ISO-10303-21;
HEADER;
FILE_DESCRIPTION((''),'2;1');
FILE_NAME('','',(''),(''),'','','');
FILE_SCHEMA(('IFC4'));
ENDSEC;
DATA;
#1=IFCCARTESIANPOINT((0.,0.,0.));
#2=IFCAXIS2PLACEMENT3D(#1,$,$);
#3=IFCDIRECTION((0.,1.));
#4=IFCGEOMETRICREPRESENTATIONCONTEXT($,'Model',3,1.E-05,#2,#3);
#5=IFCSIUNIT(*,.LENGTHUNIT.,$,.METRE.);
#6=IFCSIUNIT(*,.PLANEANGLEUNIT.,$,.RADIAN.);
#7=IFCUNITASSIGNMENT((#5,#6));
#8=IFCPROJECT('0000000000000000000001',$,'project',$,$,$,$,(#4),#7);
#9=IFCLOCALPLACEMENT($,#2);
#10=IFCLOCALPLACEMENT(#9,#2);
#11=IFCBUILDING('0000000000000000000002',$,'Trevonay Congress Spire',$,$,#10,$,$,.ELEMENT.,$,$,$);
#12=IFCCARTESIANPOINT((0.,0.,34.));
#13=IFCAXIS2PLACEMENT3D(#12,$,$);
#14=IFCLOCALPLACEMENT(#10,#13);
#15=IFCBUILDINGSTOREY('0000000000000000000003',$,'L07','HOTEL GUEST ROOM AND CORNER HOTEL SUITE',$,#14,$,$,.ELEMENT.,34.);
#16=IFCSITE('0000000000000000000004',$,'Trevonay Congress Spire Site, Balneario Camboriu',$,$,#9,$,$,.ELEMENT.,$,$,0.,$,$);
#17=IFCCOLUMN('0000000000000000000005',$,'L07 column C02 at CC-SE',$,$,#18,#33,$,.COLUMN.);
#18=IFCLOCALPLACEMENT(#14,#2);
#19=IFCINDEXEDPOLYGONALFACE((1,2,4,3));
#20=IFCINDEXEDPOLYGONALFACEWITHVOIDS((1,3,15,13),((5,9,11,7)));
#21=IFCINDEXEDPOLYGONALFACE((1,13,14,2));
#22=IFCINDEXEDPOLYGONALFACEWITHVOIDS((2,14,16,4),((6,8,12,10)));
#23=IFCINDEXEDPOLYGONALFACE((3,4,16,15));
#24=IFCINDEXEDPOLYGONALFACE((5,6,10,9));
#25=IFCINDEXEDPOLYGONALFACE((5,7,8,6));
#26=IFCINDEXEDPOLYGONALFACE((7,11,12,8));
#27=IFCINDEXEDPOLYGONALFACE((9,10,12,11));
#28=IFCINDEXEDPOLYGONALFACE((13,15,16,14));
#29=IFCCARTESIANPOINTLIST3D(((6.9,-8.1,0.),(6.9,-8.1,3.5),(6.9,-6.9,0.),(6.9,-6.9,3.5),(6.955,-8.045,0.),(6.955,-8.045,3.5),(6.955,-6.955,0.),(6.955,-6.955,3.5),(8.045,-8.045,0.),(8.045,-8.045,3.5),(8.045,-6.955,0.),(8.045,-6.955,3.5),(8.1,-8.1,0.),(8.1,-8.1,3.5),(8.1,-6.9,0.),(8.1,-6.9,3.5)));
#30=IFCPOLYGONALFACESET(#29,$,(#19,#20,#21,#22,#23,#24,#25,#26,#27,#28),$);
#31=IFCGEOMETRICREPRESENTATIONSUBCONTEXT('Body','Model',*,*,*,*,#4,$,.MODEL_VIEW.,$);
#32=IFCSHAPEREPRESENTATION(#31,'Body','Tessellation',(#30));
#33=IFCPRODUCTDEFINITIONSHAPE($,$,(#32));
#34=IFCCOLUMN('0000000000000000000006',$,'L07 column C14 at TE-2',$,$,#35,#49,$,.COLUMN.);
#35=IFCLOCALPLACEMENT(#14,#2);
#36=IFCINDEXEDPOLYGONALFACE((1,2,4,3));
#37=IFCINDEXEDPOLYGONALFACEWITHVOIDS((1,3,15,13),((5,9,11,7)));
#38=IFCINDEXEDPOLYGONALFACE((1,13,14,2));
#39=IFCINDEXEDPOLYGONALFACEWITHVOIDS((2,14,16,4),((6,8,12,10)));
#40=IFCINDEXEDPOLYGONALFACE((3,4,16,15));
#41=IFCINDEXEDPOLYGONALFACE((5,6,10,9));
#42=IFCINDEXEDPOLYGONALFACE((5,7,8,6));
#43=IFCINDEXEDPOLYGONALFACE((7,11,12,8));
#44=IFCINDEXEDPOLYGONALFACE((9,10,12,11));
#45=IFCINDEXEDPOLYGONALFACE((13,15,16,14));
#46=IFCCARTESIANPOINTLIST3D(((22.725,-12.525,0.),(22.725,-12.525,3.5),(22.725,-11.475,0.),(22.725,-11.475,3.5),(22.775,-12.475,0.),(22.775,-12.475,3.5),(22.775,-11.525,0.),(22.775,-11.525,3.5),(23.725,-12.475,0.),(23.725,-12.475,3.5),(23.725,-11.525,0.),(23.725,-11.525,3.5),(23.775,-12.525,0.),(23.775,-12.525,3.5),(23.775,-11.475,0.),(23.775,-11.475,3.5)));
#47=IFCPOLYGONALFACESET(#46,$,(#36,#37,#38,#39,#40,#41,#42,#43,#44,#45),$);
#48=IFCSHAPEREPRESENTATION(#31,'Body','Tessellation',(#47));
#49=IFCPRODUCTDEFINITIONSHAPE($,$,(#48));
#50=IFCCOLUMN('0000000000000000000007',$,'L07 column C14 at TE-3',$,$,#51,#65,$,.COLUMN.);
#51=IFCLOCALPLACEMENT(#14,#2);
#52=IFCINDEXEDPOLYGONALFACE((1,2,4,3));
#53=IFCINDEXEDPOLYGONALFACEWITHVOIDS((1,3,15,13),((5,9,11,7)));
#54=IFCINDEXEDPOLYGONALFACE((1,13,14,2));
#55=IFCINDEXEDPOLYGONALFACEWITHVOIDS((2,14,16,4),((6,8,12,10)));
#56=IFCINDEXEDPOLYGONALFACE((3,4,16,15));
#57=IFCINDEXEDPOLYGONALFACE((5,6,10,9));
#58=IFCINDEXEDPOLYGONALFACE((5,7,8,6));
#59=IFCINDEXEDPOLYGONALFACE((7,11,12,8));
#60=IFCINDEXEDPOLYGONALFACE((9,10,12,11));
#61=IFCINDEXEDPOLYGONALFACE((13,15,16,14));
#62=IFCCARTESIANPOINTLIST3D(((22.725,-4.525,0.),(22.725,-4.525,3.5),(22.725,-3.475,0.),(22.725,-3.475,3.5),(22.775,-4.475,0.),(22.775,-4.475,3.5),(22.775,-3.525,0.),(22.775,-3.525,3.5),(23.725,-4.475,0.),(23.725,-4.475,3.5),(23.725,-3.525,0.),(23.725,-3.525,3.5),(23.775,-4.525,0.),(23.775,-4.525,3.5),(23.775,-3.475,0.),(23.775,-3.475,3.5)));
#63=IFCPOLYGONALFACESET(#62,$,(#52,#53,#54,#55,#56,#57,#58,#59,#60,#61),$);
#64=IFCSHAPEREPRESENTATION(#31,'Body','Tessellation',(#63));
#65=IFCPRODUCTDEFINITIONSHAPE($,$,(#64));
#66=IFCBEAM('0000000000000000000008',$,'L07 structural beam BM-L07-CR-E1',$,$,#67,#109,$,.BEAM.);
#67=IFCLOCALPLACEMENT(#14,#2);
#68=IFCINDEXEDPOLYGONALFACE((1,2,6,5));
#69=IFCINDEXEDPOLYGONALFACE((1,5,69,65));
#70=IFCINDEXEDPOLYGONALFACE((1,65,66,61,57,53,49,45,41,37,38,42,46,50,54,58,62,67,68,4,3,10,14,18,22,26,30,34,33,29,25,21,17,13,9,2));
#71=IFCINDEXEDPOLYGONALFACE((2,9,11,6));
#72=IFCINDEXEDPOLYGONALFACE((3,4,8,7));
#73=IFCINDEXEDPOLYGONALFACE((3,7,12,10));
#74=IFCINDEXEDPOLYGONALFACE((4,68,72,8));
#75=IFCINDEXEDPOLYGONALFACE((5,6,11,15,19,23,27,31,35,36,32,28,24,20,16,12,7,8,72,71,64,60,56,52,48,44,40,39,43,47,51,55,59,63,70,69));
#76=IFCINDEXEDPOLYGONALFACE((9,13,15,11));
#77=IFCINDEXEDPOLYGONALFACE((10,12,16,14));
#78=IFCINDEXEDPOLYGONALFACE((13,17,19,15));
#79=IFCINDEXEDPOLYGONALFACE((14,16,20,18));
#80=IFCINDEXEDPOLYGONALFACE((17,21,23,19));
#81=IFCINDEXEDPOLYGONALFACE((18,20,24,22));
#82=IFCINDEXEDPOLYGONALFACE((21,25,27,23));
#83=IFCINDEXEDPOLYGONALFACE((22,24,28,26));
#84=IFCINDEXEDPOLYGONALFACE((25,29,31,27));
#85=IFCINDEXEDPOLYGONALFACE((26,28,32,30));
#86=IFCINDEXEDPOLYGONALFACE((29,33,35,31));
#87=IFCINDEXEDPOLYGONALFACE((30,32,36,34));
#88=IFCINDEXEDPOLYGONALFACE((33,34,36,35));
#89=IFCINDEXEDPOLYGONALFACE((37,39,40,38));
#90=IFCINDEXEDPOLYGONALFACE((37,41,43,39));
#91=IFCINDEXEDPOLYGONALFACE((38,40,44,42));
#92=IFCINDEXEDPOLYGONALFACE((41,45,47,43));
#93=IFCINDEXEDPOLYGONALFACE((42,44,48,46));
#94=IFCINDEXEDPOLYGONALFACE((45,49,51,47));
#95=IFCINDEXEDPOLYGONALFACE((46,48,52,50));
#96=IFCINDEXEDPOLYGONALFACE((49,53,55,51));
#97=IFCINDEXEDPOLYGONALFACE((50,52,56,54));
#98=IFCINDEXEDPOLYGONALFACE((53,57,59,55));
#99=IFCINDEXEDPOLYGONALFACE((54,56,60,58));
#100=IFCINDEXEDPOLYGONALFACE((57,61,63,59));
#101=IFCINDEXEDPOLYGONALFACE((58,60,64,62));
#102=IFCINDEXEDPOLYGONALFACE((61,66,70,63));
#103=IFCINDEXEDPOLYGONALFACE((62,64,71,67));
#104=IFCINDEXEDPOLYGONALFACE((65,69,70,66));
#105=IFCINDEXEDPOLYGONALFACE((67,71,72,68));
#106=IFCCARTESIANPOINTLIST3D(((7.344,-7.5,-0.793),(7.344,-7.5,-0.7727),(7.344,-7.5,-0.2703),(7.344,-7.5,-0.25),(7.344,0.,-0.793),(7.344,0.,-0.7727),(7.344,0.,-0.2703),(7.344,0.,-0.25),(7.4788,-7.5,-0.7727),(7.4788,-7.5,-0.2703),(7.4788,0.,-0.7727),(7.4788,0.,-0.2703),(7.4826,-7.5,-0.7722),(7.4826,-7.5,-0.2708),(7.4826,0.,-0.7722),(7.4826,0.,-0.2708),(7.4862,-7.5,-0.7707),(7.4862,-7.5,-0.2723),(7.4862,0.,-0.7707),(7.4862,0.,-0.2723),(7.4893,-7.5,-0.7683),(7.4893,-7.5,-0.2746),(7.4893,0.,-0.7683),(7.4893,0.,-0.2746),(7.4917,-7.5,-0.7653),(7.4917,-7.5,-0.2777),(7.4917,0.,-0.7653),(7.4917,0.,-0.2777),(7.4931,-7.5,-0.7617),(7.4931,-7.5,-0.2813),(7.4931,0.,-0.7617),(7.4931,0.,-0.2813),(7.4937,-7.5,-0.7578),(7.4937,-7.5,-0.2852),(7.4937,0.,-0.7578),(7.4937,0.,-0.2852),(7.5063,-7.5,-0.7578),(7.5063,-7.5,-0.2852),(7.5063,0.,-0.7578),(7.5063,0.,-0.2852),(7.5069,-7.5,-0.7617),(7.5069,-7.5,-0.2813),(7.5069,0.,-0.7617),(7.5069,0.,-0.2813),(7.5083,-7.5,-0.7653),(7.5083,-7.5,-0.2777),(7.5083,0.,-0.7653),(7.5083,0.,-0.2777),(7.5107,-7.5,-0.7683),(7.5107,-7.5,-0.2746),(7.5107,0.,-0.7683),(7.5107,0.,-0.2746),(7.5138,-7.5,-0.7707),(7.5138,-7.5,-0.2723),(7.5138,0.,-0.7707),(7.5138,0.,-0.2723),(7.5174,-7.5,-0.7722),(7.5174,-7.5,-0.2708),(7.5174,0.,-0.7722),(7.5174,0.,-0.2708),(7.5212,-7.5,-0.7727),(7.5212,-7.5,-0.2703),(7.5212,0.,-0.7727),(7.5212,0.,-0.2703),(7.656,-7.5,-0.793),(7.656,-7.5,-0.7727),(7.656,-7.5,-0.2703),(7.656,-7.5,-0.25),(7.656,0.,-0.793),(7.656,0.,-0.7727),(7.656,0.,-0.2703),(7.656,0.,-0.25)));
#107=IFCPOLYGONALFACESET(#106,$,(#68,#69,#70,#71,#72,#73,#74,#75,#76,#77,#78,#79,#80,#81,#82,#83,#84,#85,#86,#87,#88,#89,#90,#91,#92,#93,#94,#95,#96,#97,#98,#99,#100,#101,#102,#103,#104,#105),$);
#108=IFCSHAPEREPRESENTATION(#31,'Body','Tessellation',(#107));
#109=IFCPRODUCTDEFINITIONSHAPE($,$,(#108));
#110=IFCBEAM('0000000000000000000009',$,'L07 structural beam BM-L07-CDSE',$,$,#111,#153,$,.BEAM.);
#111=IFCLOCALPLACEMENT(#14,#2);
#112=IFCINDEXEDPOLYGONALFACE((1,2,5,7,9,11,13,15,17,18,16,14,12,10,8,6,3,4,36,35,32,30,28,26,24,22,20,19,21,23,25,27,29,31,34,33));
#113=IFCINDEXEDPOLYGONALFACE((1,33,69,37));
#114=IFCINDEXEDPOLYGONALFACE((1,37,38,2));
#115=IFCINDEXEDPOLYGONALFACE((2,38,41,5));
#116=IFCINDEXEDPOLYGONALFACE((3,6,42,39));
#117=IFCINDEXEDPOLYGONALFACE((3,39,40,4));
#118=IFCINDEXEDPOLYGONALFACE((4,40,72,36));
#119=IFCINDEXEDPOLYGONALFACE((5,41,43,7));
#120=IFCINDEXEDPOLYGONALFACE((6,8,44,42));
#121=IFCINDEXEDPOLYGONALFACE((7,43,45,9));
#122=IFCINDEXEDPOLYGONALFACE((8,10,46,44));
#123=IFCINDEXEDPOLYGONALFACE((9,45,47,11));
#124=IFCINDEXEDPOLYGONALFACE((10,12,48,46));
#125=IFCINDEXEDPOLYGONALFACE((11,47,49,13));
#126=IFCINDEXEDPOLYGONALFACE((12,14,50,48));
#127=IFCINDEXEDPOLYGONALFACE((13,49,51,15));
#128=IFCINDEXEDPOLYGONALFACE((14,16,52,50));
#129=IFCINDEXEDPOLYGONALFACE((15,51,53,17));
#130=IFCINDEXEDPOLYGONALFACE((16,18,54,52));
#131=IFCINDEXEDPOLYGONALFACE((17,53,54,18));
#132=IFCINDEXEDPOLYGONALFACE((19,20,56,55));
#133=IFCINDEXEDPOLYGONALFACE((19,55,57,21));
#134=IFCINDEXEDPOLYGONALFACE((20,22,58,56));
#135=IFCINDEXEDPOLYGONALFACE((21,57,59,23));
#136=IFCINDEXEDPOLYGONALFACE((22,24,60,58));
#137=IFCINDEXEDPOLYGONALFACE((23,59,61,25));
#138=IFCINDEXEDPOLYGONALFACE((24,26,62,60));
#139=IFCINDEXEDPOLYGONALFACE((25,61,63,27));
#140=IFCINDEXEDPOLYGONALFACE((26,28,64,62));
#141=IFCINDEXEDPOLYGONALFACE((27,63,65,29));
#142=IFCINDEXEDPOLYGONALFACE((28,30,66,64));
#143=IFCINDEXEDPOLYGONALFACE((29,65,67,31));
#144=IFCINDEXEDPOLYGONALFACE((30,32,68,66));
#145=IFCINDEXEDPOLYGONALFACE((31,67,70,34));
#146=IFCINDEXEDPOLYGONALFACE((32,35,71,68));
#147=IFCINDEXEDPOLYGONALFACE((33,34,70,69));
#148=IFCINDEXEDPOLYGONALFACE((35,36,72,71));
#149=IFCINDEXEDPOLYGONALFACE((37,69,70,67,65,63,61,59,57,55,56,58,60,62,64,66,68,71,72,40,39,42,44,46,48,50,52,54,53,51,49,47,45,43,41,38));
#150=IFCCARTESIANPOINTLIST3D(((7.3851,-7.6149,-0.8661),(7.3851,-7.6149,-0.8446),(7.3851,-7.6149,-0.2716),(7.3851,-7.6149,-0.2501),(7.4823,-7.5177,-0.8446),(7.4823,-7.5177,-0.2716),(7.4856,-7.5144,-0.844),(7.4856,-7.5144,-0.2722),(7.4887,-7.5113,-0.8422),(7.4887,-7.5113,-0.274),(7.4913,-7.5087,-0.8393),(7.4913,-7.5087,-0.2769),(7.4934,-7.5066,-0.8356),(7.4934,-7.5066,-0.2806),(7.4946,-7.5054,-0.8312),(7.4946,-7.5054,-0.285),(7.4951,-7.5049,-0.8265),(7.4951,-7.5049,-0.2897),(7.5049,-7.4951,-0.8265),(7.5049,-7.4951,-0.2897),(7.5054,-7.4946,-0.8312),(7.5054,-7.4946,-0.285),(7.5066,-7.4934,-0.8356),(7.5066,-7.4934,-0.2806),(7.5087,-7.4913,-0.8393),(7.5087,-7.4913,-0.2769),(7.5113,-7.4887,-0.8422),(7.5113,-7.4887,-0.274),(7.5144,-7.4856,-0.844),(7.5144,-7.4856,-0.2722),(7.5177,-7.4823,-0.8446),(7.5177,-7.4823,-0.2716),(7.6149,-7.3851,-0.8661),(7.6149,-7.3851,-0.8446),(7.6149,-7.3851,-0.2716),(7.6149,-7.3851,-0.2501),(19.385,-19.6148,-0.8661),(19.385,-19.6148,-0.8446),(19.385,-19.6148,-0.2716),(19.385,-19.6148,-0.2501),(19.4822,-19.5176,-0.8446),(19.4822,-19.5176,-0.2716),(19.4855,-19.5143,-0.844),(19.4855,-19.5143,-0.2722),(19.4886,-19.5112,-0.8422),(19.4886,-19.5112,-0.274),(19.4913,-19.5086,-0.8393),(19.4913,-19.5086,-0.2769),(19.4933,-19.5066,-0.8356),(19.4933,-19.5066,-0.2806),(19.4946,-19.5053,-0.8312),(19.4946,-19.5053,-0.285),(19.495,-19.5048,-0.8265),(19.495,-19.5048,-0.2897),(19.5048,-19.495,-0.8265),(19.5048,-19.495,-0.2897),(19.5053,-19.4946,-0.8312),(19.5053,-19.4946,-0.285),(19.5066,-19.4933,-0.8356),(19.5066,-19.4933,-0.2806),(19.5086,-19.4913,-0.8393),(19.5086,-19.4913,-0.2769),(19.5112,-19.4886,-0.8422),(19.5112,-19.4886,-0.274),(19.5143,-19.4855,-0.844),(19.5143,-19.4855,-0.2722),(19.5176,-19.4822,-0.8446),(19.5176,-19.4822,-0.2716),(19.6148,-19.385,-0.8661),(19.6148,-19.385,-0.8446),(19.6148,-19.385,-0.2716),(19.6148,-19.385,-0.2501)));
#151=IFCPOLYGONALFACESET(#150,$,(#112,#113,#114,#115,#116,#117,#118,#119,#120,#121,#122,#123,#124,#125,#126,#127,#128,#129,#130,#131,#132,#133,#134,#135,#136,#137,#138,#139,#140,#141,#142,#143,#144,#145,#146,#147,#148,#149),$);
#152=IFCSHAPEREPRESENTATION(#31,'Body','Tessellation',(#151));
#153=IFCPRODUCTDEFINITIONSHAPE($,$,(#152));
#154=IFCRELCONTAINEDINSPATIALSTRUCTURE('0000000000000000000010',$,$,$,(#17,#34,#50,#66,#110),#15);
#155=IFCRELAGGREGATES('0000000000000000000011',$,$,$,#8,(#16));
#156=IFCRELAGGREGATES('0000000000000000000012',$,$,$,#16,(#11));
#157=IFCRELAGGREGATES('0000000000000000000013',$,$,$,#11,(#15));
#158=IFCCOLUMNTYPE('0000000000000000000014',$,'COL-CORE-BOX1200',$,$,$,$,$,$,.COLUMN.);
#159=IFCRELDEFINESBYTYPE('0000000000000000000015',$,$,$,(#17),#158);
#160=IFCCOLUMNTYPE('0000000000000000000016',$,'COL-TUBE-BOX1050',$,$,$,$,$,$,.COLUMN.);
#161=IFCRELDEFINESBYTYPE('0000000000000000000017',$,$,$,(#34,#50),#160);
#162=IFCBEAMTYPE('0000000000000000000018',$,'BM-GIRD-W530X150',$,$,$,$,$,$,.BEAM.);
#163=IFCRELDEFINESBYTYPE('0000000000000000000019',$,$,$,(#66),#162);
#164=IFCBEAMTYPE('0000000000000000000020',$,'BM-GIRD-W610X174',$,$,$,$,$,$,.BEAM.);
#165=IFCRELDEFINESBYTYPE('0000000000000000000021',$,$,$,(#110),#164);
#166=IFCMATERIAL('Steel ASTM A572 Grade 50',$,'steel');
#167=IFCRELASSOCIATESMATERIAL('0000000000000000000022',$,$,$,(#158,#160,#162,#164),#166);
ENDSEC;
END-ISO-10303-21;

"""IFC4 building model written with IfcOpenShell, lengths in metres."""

from ifc_helpers import new_model, si_unit, direction, frame, origin, origin_2d, place, context, subcontext, project, spatial, hollow_rectangle, i_section, extrude, material, material_profile, profile_set, type_object, element, save


model = new_model("IFC4")

# Units and contexts
model_context = context("Model", 3, precision=1e-05, world=origin(), true_north=direction((0.0, 1.0)))
body_context = subcontext(model_context, "Body", "Model", "MODEL_VIEW")
ifc_project = project(units=[si_unit("LENGTHUNIT", "METRE"), si_unit("PLANEANGLEUNIT", "RADIAN")], contexts=[model_context])

# Site, building, storey
site_placement = place(None, origin())
site = spatial("IfcSite", under=ifc_project, at=site_placement, Name="Trevonay Congress Spire Site, Balneario Camboriu", CompositionType="ELEMENT", RefElevation=0.0)
building_placement = place(site_placement, origin())
building = spatial("IfcBuilding", under=site, at=building_placement, Name="Trevonay Congress Spire", CompositionType="ELEMENT")
storey_placement = place(building_placement, frame((0.0, 0.0, 34.0)))
storey = spatial("IfcBuildingStorey", under=building, at=storey_placement, Name="L07", Description="HOTEL GUEST ROOM AND CORNER HOTEL SUITE", CompositionType="ELEMENT", Elevation=34.0)

# Columns
ifc_material_1 = material(Name="Steel ASTM A572 Grade 50", Category="steel")
ifc_material_profile_1 = material_profile(ifc_material_1, hollow_rectangle(XDim=1.2, YDim=1.2, WallThickness=0.0549, at=origin_2d()), Name="BOX 1200x1200x55")
ifc_profile_set_1 = profile_set([ifc_material_profile_1], Name="Steel ASTM A572 Grade 50")
column_type_1 = type_object("IfcColumnType", Name="COL-CORE-BOX1200", PredefinedType="COLUMN", material=ifc_profile_set_1)
column_placement = place(storey_placement, frame((7.5, -7.5, 0.0), z_axis=(0.0, 0.0, 1.0), x_axis=(1.0, 0.0, 0.0)))
element("IfcColumn", 1, at=column_placement, inside=storey, type_object=column_type_1, Name="L07 column C02 at CC-SE", PredefinedType="COLUMN", context=body_context, shape_type="SweptSolid", body=[
    extrude(hollow_rectangle(XDim=1.2, YDim=1.2, WallThickness=0.0549, at=origin_2d()), origin(), (0.0, 0.0, 1.0), 3.5),
])
ifc_material_profile_2 = material_profile(ifc_material_1, hollow_rectangle(XDim=1.05, YDim=1.05, WallThickness=0.05, at=origin_2d()), Name="BOX 1050x1050x50")
ifc_profile_set_2 = profile_set([ifc_material_profile_2], Name="Steel ASTM A572 Grade 50")
column_type_2 = type_object("IfcColumnType", Name="COL-TUBE-BOX1050", PredefinedType="COLUMN", material=ifc_profile_set_2)
for number, where, z_axis, x_axis, name in (
    (2, (23.25, -12.0, 0.0), (0.0, 0.0, 1.0), (1.0, 0.0, 0.0), "L07 column C14 at TE-2"),
    (3, (23.25, -4.0, 0.0), (0.0, 0.0, 1.0), (1.0, 0.0, 0.0), "L07 column C14 at TE-3"),
):
    element("IfcColumn", number, at=place(storey_placement, frame(where, z_axis=z_axis, x_axis=x_axis)), inside=storey, type_object=column_type_2, Name=name, PredefinedType="COLUMN", context=body_context, shape_type="SweptSolid", body=[
        extrude(hollow_rectangle(XDim=1.05, YDim=1.05, WallThickness=0.05, at=origin_2d()), origin(), (0.0, 0.0, 1.0), 3.5),
    ])

# Beams
ifc_material_profile_3 = material_profile(ifc_material_1, i_section(OverallWidth=0.312, OverallDepth=0.543, WebThickness=0.0127, FlangeThickness=0.0203, FilletRadius=0.0149, at=origin_2d()), Name="W530x150")
ifc_profile_set_3 = profile_set([ifc_material_profile_3], Name="Steel ASTM A572 Grade 50")
beam_type_1 = type_object("IfcBeamType", Name="BM-GIRD-W530X150", PredefinedType="BEAM", material=ifc_profile_set_3)
beam_1_placement = place(storey_placement, frame((7.5, -7.5, -0.5215), z_axis=(0.0, 1.0, 0.0), x_axis=(-1.0, 0.0, 0.0)))
element("IfcBeam", 4, at=beam_1_placement, inside=storey, type_object=beam_type_1, Name="L07 structural beam BM-L07-CR-E1", PredefinedType="BEAM", context=body_context, shape_type="SweptSolid", body=[
    extrude(i_section(OverallWidth=0.312, OverallDepth=0.543, WebThickness=0.0127, FlangeThickness=0.0203, FilletRadius=0.0149, at=origin_2d()), origin(), (0.0, 0.0, 1.0), 7.5),
])
ifc_material_profile_4 = material_profile(ifc_material_1, i_section(OverallWidth=0.325, OverallDepth=0.616, WebThickness=0.0139, FlangeThickness=0.0215, FilletRadius=0.0181, at=origin_2d()), Name="W610x174")
ifc_profile_set_4 = profile_set([ifc_material_profile_4], Name="Steel ASTM A572 Grade 50")
beam_type_2 = type_object("IfcBeamType", Name="BM-GIRD-W610X174", PredefinedType="BEAM", material=ifc_profile_set_4)
beam_2_placement = place(storey_placement, frame((7.5, -7.5, -0.5581), z_axis=(0.707107, -0.707107, 0.0), x_axis=(0.707107, 0.707107, 0.0)))
element("IfcBeam", 5, at=beam_2_placement, inside=storey, type_object=beam_type_2, Name="L07 structural beam BM-L07-CDSE", PredefinedType="BEAM", context=body_context, shape_type="SweptSolid", body=[
    extrude(i_section(OverallWidth=0.325, OverallDepth=0.616, WebThickness=0.0139, FlangeThickness=0.0215, FilletRadius=0.0181, at=origin_2d()), origin(), (0.0, 0.0, 1.0), 16.9705),
])

save(model, "model.ifc")
